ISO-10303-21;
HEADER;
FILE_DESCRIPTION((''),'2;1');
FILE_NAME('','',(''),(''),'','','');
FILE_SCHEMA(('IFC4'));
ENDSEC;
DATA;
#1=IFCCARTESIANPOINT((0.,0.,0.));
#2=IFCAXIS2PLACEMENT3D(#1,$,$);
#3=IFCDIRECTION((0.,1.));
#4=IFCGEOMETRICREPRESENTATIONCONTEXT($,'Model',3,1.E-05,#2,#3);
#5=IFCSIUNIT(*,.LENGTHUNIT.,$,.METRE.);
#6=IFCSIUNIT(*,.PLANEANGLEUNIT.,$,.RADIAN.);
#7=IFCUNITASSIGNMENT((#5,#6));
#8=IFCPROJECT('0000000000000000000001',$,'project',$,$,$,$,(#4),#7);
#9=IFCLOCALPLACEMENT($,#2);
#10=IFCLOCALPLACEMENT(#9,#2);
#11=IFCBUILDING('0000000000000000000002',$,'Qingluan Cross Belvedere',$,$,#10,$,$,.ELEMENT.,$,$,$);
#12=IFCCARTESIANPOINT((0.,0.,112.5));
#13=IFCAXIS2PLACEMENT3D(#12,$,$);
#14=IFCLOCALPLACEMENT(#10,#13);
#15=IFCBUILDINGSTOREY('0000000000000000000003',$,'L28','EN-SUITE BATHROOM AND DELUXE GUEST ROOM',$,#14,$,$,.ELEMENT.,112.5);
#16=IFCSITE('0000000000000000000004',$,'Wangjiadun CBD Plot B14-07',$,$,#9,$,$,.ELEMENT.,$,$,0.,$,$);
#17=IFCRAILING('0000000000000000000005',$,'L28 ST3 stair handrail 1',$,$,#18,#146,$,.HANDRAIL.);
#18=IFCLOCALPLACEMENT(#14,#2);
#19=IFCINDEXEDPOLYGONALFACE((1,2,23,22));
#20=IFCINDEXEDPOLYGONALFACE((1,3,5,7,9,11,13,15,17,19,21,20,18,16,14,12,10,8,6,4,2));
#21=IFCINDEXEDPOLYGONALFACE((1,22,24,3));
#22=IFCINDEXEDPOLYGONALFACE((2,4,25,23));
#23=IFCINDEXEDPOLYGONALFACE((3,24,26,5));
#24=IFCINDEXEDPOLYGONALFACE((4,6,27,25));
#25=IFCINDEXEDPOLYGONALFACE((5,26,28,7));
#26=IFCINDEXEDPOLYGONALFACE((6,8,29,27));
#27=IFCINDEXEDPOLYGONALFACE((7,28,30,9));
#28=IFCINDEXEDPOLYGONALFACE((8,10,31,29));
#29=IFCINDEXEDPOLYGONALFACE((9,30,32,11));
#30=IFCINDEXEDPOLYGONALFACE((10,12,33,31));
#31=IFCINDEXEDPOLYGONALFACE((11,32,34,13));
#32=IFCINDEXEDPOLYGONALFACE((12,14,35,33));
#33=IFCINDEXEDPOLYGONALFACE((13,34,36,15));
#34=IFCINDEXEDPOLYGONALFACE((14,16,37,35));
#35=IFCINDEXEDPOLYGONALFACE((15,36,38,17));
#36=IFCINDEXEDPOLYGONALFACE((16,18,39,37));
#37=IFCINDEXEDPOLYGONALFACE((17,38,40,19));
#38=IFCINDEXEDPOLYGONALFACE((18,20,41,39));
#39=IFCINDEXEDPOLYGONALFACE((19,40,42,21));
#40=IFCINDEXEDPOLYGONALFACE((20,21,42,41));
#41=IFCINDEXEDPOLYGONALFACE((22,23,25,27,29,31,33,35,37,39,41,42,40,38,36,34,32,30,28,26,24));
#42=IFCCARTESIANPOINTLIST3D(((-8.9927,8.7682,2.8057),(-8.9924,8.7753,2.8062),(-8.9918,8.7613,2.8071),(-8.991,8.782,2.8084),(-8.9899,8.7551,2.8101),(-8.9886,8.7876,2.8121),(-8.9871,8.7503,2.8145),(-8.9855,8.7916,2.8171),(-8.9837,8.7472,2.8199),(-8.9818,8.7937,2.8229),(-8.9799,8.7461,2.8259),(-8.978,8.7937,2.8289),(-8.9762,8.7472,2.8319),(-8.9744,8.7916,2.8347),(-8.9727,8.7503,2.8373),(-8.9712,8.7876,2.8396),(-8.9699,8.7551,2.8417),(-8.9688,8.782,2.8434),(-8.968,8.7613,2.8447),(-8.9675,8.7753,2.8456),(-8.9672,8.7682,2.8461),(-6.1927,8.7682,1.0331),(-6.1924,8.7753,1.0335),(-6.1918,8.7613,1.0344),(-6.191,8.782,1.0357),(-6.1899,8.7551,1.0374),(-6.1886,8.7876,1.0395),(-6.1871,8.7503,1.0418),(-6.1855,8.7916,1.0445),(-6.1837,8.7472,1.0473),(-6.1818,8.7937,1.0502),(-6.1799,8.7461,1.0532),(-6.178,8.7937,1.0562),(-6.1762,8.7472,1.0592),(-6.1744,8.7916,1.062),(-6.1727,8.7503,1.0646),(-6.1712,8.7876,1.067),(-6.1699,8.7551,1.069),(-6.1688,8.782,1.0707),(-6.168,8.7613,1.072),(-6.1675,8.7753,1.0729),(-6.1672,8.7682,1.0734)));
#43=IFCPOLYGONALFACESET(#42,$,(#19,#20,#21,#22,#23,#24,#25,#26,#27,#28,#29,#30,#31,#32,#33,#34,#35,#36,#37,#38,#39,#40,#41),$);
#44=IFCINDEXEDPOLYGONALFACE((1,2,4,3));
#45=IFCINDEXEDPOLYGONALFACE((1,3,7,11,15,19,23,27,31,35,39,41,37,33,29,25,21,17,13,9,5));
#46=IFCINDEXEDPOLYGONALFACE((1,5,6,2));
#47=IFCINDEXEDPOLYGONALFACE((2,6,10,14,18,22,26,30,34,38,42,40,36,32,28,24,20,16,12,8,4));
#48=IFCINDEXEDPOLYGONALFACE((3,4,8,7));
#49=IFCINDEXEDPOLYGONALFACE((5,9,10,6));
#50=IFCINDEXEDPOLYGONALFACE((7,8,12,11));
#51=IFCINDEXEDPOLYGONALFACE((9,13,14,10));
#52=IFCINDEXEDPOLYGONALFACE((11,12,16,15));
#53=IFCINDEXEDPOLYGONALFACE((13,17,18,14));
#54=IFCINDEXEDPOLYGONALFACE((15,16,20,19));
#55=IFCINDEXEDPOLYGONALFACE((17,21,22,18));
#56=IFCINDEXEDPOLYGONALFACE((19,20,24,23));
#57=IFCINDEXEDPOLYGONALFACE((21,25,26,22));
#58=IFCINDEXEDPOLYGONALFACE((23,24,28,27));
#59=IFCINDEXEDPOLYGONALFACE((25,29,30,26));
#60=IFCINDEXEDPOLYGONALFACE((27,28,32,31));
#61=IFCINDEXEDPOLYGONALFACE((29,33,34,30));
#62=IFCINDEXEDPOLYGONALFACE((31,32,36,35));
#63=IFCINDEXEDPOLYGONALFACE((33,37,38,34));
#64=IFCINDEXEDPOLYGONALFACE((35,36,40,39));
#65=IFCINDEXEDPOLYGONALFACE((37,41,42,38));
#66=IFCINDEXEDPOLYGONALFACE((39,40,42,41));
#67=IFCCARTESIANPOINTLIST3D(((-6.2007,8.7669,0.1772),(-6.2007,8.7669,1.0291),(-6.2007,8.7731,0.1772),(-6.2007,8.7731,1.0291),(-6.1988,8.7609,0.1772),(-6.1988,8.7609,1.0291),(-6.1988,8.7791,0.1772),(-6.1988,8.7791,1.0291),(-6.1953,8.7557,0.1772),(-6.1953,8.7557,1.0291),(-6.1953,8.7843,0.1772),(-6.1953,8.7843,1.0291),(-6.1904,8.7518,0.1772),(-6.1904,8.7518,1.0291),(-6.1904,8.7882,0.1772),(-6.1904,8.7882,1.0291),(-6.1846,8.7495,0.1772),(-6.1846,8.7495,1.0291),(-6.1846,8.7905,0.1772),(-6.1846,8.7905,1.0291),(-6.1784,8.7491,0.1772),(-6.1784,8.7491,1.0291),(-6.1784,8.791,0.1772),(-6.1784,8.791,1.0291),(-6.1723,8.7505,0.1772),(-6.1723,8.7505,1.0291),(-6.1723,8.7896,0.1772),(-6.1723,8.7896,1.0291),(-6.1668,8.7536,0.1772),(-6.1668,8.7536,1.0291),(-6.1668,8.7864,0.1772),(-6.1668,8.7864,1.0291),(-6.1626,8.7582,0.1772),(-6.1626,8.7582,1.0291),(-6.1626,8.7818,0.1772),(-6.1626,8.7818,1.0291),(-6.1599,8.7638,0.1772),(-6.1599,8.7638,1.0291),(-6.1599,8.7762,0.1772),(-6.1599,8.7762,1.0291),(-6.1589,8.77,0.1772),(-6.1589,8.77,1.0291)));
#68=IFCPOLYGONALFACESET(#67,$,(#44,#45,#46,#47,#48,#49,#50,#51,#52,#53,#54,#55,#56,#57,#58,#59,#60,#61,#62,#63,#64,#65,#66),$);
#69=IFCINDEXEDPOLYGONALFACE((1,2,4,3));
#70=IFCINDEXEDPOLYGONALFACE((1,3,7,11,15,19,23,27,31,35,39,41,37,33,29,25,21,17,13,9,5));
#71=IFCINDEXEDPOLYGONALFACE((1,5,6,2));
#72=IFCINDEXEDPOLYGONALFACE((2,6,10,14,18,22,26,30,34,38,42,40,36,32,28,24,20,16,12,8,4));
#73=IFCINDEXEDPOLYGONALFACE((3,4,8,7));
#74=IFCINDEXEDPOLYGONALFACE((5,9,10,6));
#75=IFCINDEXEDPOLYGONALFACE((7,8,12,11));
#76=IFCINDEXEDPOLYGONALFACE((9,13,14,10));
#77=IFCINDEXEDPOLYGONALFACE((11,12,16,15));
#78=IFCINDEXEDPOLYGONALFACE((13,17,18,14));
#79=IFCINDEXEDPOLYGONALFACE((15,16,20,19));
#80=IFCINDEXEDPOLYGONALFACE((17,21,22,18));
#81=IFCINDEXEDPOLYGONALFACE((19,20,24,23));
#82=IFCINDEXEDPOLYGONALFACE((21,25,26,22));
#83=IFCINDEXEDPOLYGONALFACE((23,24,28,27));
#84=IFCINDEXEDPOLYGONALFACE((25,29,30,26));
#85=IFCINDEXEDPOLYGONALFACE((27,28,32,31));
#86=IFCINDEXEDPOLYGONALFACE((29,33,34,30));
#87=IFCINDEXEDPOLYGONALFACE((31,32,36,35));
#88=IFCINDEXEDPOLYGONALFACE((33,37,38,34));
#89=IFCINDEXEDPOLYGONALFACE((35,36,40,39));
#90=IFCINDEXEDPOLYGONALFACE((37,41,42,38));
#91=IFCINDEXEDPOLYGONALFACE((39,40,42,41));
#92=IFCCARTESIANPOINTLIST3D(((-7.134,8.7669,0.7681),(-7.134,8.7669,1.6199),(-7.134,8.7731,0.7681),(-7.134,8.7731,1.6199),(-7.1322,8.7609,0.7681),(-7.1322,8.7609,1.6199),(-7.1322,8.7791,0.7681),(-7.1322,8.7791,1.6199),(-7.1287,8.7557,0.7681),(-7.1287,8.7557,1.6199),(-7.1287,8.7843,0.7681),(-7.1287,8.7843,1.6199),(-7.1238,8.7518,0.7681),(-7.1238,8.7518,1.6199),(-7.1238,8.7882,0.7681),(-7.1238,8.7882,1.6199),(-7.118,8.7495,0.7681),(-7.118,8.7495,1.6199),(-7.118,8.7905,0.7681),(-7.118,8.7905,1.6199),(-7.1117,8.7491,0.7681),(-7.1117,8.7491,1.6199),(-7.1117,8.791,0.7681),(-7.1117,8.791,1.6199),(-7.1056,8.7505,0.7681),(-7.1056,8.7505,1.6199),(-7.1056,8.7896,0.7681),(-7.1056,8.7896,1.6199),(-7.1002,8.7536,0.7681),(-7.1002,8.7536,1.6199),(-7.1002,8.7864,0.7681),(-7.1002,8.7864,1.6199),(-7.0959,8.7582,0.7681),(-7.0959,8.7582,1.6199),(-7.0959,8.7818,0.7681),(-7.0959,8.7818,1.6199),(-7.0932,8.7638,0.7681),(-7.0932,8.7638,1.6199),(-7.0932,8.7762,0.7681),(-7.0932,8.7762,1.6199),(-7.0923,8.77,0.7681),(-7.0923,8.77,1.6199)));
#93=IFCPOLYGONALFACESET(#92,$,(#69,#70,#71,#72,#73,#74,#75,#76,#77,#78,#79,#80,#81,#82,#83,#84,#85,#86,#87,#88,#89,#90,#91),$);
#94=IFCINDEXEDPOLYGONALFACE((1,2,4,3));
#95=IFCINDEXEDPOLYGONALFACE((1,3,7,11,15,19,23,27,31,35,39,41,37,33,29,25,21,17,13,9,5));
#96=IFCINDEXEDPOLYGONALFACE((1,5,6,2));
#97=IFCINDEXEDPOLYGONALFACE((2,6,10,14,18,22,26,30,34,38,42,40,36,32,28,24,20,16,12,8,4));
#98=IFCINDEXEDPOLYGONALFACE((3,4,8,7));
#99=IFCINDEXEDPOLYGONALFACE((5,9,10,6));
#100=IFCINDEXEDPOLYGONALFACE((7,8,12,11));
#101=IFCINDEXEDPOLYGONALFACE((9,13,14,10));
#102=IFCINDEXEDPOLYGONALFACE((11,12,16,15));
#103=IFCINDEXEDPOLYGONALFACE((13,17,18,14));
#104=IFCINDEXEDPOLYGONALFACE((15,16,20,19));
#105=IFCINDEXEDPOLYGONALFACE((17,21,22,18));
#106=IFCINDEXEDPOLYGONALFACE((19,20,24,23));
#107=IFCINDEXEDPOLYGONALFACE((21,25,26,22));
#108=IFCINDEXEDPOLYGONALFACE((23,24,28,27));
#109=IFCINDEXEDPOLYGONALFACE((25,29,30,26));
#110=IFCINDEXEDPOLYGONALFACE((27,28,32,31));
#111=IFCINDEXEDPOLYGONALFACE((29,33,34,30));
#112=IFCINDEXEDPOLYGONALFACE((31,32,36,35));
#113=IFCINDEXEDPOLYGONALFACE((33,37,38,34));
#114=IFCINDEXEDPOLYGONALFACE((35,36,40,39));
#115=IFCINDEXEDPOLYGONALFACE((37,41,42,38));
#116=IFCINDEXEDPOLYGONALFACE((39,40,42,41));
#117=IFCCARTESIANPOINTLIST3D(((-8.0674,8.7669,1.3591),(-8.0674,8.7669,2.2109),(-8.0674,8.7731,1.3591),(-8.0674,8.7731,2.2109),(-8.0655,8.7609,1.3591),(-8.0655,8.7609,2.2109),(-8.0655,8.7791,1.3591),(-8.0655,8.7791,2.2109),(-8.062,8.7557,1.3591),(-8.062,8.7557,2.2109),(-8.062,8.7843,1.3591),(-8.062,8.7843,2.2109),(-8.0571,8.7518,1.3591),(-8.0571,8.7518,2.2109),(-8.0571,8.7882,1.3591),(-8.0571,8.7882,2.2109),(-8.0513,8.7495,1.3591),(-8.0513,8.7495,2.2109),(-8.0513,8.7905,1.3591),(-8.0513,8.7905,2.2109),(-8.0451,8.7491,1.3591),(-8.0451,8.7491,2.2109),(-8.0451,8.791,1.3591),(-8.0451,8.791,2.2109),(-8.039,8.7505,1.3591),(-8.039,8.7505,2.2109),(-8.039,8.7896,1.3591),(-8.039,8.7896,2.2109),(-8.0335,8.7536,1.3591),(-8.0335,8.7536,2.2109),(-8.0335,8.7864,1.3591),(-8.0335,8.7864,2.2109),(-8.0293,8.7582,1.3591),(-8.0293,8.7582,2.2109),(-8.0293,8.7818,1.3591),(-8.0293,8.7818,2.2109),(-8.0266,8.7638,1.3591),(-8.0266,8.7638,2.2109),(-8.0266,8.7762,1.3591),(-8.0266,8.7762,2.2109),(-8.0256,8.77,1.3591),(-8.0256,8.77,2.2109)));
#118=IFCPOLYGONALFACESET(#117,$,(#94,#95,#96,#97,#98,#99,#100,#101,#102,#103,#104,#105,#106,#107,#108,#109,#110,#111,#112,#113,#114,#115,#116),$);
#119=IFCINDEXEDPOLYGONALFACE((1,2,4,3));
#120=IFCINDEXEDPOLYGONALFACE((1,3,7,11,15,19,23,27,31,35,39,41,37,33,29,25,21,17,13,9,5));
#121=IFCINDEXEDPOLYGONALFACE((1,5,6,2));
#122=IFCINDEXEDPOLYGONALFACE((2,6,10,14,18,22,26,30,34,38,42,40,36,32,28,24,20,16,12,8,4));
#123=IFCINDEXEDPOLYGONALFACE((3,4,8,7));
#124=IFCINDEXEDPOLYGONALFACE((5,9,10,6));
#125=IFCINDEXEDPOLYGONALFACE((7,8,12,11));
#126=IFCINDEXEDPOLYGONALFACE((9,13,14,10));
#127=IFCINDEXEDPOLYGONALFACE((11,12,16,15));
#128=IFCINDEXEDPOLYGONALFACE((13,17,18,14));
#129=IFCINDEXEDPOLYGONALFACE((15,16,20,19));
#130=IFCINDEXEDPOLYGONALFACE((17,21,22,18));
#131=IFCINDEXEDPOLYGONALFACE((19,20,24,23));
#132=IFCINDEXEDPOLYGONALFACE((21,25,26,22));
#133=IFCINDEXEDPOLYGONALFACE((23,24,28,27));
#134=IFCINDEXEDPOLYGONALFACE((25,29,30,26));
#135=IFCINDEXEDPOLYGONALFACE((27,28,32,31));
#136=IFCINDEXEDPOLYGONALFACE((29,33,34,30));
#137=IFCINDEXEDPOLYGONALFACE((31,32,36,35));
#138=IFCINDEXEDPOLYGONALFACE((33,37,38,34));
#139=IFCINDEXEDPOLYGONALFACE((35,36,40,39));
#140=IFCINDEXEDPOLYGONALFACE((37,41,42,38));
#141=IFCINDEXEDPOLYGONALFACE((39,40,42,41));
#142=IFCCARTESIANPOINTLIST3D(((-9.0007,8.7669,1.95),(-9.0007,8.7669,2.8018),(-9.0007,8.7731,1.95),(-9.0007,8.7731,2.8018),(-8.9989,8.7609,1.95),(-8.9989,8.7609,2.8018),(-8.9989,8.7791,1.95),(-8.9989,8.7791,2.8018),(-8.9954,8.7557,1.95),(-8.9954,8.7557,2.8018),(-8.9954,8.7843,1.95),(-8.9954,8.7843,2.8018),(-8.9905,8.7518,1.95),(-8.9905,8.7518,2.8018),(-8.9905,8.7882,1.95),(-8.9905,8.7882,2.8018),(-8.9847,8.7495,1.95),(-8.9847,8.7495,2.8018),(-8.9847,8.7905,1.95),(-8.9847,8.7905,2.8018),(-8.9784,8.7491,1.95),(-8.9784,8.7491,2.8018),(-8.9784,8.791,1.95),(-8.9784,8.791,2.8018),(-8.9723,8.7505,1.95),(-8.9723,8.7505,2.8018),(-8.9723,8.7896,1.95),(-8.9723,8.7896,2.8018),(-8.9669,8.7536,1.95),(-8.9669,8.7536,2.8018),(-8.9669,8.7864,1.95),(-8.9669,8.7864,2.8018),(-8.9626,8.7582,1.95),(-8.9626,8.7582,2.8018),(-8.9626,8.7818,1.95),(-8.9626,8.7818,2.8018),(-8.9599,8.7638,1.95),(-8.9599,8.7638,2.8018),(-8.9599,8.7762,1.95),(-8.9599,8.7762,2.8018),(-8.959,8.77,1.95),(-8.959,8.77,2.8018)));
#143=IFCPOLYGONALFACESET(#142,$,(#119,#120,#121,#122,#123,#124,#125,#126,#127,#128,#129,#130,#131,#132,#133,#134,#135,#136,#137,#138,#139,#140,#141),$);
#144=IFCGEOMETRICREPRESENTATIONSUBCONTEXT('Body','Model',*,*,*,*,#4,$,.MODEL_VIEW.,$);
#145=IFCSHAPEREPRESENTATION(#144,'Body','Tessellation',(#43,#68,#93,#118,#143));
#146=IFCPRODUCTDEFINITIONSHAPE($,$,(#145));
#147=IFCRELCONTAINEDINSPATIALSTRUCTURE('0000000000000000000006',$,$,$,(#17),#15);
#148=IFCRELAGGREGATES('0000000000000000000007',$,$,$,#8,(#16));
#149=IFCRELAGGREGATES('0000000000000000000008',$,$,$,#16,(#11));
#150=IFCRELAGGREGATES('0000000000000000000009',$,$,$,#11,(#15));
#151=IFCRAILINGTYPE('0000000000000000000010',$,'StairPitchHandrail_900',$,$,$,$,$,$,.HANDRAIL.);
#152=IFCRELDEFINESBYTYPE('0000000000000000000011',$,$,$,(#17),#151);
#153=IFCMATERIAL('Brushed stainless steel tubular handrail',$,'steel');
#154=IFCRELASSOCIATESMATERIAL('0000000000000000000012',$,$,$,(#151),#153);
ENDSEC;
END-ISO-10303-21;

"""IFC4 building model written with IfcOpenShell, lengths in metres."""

from ifc_helpers import new_model, si_unit, direction, frame, origin, origin_2d, place, context, subcontext, project, spatial, circle, extrude, material, type_object, element, save


model = new_model("IFC4")

# Units and contexts
model_context = context("Model", 3, precision=1e-05, world=origin(), true_north=direction((0.0, 1.0)))
body_context = subcontext(model_context, "Body", "Model", "MODEL_VIEW")
ifc_project = project(units=[si_unit("LENGTHUNIT", "METRE"), si_unit("PLANEANGLEUNIT", "RADIAN")], contexts=[model_context])

# Site, building, storey
site_placement = place(None, origin())
site = spatial("IfcSite", under=ifc_project, at=site_placement, Name="Wangjiadun CBD Plot B14-07", CompositionType="ELEMENT", RefElevation=0.0)
building_placement = place(site_placement, origin())
building = spatial("IfcBuilding", under=site, at=building_placement, Name="Qingluan Cross Belvedere", CompositionType="ELEMENT")
storey_placement = place(building_placement, frame((0.0, 0.0, 112.5)))
storey = spatial("IfcBuildingStorey", under=building, at=storey_placement, Name="L28", Description="EN-SUITE BATHROOM AND DELUXE GUEST ROOM", CompositionType="ELEMENT", Elevation=112.5)

# Railing
ifc_material_1 = material(Name="Brushed stainless steel tubular handrail", Category="steel")
railing_type = type_object("IfcRailingType", Name="StairPitchHandrail_900", PredefinedType="HANDRAIL", material=ifc_material_1)
railing_placement = place(storey_placement, frame((-6.1799, 8.77, 0.1772)))
element("IfcRailing", 1, at=railing_placement, inside=storey, type_object=railing_type, Name="L28 ST3 stair handrail 1", PredefinedType="HANDRAIL", context=body_context, shape_type="SweptSolid", body=[
    extrude(circle(Radius=0.0239, at=origin_2d()), frame((0.0, 0.0, 0.876), z_axis=(-0.844909, 0.0, 0.53491), x_axis=(0.0, -1.0, 0.0)), (0.0, 0.0, 1.0), 3.314),
    extrude(circle(Radius=0.021, at=origin_2d()), origin(), (0.0, 0.0, 1.0), 0.8518),
    extrude(circle(Radius=0.021, at=origin_2d()), frame((-0.9333, 0.0, 0.5908)), (0.0, 0.0, 1.0), 0.8518),
    extrude(circle(Radius=0.021, at=origin_2d()), frame((-1.8667, 0.0, 1.1819)), (0.0, 0.0, 1.0), 0.8518),
    extrude(circle(Radius=0.021, at=origin_2d()), frame((-2.8, 0.0, 1.7727)), (0.0, 0.0, 1.0), 0.8518),
])

save(model, "model.ifc")
